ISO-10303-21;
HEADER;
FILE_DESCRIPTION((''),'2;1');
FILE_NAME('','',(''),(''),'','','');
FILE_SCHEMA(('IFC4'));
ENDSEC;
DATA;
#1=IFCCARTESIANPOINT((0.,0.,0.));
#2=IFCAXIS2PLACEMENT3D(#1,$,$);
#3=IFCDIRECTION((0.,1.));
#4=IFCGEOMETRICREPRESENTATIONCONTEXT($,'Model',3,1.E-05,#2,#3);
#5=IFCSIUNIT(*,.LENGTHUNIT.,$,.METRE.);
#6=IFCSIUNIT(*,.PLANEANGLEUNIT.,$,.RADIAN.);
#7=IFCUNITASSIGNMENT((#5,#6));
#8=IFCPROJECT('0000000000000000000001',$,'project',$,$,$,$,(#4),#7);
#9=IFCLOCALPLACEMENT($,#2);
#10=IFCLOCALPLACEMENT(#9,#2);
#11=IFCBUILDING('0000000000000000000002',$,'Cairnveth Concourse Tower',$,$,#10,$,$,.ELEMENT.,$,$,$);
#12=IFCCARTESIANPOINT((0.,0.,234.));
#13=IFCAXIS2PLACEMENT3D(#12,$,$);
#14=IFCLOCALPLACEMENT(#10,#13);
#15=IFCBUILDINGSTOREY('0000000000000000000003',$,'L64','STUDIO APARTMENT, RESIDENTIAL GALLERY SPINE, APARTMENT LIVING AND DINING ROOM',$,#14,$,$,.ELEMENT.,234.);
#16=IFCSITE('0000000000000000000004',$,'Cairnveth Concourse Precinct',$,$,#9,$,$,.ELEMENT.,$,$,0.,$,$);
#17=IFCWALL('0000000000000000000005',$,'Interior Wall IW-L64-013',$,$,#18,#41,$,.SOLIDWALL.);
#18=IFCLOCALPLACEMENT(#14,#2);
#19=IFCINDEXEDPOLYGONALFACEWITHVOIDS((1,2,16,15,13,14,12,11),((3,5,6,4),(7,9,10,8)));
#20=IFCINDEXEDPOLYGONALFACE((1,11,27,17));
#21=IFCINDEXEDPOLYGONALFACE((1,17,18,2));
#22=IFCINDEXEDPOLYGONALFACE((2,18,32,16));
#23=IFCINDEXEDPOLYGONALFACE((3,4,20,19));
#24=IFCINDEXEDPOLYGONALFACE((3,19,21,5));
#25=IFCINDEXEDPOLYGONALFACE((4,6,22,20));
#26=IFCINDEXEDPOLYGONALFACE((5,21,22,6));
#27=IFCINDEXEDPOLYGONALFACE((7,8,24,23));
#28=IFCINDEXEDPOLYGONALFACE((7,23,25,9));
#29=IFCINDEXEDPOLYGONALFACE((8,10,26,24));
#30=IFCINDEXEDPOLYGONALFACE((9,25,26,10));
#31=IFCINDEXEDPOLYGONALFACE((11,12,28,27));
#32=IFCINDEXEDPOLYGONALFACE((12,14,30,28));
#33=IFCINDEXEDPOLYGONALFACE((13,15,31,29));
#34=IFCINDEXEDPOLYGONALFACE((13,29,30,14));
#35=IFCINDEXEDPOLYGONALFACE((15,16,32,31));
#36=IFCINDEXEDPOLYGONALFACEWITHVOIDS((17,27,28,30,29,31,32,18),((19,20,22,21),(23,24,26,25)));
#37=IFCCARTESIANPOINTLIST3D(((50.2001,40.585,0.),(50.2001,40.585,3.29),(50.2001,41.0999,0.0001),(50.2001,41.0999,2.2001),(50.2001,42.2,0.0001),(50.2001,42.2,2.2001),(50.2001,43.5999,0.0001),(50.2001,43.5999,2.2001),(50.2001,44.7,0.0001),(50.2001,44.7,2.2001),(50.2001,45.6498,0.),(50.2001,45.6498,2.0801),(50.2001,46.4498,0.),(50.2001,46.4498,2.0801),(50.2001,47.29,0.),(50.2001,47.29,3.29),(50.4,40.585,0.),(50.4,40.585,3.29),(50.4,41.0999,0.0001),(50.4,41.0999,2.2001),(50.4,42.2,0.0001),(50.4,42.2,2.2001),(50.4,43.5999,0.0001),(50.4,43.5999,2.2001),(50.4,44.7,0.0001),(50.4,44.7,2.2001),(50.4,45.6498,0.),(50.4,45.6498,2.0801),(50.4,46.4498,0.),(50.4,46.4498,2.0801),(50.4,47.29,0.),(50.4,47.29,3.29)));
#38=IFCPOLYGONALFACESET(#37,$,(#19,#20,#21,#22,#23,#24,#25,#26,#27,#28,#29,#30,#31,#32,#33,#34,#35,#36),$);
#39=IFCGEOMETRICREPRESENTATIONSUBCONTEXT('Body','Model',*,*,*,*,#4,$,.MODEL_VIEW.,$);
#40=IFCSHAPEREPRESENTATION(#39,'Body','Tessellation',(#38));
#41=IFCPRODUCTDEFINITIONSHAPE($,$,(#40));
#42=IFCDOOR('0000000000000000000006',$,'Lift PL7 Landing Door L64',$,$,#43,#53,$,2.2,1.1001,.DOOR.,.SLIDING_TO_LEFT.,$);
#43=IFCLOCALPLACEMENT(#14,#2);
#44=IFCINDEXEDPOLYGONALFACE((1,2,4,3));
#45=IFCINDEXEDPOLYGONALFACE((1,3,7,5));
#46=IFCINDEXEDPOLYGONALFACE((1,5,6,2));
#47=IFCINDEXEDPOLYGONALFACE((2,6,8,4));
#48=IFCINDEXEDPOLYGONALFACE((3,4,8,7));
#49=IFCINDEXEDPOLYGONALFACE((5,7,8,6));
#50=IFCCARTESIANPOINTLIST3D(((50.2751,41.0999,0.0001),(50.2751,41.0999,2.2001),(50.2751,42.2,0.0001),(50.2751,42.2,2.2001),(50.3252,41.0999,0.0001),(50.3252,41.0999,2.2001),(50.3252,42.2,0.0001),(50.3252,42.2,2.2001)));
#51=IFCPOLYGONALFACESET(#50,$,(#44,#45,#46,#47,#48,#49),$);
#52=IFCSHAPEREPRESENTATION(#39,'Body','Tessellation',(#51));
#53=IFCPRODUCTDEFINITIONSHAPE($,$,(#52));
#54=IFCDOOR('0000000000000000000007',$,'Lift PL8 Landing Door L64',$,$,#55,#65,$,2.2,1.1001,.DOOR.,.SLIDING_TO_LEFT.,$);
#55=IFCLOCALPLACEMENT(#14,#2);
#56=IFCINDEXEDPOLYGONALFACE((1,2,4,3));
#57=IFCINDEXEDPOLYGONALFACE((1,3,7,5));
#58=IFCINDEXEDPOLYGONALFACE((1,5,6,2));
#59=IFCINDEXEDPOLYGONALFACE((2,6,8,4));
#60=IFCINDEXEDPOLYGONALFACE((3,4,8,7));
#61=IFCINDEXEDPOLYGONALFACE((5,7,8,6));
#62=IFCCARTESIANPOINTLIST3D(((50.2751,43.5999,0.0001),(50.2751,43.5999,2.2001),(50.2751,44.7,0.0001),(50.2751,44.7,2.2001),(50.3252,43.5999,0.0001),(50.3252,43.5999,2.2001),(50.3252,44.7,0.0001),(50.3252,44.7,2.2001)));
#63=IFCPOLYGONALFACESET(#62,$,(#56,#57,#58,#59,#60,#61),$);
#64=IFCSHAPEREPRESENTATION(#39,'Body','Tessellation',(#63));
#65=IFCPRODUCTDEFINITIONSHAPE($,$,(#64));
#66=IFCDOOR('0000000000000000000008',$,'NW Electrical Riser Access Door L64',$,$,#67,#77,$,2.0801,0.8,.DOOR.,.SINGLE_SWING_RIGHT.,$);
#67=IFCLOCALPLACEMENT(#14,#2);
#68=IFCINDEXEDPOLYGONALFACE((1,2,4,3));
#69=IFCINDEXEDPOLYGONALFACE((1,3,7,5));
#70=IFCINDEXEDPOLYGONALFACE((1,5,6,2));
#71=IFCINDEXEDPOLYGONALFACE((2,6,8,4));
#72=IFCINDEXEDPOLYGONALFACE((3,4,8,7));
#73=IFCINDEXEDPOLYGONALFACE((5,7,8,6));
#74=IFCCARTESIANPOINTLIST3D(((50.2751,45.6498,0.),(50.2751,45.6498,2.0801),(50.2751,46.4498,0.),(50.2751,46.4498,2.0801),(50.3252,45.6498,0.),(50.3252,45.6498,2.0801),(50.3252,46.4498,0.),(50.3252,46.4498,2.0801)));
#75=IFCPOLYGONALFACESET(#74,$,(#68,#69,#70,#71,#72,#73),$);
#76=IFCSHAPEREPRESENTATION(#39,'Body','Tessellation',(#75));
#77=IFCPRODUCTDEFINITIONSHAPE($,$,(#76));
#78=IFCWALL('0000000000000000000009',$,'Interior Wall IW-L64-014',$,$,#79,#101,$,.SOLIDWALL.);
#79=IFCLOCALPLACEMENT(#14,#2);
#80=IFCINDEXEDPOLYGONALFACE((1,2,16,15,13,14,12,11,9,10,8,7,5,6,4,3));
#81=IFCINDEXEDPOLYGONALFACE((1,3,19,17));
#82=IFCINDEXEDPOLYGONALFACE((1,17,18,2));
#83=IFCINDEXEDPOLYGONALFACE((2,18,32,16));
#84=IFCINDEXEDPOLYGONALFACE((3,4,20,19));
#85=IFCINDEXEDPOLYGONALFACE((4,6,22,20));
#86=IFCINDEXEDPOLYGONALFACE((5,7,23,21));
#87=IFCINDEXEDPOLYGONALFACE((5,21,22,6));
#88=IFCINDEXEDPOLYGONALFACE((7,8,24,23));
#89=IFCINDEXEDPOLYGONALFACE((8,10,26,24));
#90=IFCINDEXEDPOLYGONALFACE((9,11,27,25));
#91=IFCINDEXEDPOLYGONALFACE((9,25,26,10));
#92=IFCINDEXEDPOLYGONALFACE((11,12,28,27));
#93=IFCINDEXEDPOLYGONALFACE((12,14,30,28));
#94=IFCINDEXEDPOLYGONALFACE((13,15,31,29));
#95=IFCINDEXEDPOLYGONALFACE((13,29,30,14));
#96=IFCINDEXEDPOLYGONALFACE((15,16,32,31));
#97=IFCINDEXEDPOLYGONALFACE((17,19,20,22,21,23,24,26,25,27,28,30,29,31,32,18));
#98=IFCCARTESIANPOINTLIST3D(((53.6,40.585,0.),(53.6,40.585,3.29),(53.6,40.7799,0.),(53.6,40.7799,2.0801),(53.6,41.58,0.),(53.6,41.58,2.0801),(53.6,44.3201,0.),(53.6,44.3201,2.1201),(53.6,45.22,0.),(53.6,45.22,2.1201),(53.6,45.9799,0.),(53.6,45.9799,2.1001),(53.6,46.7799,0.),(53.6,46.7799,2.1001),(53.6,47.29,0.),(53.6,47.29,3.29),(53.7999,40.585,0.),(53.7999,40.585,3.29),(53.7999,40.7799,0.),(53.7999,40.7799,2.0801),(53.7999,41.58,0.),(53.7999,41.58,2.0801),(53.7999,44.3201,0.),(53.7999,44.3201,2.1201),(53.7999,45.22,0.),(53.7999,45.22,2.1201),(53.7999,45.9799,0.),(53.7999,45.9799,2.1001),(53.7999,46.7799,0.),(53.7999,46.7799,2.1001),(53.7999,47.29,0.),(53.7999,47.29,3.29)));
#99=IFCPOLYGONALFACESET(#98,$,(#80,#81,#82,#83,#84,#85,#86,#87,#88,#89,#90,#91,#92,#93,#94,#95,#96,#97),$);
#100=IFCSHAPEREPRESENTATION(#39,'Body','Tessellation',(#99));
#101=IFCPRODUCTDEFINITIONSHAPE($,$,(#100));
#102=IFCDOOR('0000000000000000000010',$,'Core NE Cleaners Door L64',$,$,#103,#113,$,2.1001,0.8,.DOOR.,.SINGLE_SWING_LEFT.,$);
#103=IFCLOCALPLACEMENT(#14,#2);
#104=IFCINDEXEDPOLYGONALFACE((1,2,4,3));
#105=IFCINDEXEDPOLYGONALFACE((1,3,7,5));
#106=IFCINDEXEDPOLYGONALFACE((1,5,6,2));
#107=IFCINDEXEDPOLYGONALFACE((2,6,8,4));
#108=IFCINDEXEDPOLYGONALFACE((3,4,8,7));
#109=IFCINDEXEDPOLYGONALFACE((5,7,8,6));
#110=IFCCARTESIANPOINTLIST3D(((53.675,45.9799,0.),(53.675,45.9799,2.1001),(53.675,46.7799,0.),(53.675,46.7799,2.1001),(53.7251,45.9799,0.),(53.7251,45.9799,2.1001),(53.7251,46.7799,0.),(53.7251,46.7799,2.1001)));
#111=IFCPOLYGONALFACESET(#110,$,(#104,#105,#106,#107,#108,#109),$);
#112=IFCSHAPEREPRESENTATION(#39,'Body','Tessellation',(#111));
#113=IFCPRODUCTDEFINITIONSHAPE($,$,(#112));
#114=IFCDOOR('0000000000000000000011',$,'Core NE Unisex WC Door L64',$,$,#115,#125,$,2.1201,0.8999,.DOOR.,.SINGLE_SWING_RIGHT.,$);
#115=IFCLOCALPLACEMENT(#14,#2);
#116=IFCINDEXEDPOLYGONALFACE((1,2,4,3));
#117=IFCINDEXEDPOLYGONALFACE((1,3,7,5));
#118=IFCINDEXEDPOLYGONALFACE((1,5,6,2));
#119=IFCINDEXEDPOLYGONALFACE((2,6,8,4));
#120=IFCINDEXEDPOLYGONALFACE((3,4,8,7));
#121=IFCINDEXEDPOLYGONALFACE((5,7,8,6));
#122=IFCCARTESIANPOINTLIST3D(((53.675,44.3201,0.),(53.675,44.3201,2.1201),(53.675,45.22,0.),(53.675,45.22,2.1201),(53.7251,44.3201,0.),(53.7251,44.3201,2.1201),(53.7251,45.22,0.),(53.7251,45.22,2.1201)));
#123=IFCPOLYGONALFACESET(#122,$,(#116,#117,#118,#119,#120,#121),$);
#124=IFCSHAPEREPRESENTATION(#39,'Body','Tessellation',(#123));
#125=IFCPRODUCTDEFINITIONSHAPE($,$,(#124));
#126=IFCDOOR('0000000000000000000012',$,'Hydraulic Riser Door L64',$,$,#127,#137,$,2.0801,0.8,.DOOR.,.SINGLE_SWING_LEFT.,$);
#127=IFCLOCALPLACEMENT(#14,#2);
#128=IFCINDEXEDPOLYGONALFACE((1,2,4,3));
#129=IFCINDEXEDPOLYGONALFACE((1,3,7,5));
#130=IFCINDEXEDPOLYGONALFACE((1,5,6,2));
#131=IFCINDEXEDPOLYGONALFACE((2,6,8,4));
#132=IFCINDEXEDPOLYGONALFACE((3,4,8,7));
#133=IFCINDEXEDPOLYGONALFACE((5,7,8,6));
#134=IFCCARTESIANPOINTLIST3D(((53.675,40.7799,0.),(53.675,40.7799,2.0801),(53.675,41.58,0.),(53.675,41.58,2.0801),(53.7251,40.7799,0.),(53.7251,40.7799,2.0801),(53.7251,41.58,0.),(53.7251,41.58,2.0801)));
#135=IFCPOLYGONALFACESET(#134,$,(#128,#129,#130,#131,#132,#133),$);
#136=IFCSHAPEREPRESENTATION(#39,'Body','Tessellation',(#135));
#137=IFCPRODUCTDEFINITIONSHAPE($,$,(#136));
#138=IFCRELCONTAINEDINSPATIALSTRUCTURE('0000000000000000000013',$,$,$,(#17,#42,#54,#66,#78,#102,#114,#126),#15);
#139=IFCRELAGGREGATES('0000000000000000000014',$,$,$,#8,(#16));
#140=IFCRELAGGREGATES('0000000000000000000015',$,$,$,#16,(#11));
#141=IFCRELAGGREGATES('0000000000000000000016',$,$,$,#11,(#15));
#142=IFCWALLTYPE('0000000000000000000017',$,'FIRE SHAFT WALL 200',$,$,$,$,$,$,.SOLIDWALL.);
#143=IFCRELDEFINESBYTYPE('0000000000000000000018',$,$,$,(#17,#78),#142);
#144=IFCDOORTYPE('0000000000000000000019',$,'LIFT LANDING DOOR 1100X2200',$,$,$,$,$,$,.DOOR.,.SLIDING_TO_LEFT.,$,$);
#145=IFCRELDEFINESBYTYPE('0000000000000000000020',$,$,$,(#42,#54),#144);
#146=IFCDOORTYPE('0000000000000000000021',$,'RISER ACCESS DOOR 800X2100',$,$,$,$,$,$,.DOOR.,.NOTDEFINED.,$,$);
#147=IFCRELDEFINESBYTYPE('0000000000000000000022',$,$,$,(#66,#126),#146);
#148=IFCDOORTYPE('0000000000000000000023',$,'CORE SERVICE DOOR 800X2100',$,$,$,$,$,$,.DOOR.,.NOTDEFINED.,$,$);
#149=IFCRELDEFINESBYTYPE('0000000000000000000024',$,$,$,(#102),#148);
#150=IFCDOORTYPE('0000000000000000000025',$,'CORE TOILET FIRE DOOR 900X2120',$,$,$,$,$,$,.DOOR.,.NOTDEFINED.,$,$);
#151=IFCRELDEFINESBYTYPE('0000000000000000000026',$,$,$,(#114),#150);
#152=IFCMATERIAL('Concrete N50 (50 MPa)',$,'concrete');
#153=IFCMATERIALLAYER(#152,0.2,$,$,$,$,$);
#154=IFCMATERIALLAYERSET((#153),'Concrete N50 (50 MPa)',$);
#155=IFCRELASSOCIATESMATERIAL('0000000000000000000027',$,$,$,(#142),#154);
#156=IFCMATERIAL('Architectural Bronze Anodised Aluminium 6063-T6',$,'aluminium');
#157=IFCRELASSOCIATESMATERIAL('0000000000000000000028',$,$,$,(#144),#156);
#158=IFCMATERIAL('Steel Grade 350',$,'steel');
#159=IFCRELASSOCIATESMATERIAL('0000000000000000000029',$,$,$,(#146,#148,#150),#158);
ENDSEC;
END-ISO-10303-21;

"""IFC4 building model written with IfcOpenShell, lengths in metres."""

from ifc_helpers import new_model, si_unit, direction, frame, frame_2d, origin, place, context, subcontext, project, spatial, rectangle, extrude, material, layer, layer_set, type_object, element, fill, save


model = new_model("IFC4")

# Units and contexts
model_context = context("Model", 3, precision=1e-05, world=origin(), true_north=direction((0.0, 1.0)))
body_context = subcontext(model_context, "Body", "Model", "MODEL_VIEW")
ifc_project = project(units=[si_unit("LENGTHUNIT", "METRE"), si_unit("PLANEANGLEUNIT", "RADIAN")], contexts=[model_context])

# Site, building, storey
site_placement = place(None, origin())
site = spatial("IfcSite", under=ifc_project, at=site_placement, Name="Cairnveth Concourse Precinct", CompositionType="ELEMENT", RefElevation=0.0)
building_placement = place(site_placement, origin())
building = spatial("IfcBuilding", under=site, at=building_placement, Name="Cairnveth Concourse Tower", CompositionType="ELEMENT")
storey_placement = place(building_placement, frame((0.0, 0.0, 234.0)))
storey = spatial("IfcBuildingStorey", under=building, at=storey_placement, Name="L64", Description="STUDIO APARTMENT, RESIDENTIAL GALLERY SPINE, APARTMENT LIVING AND DINING ROOM", CompositionType="ELEMENT", Elevation=234.0)

# Shared definitions
ifc_material_1 = material(Name="Concrete N50 (50 MPa)", Category="concrete")
ifc_layer_1 = layer(ifc_material_1, 0.2)
ifc_layer_set_1 = layer_set([ifc_layer_1], Name="Concrete N50 (50 MPa)")
wall_type_1 = type_object("IfcWallType", Name="FIRE SHAFT WALL 200", PredefinedType="SOLIDWALL", material=ifc_layer_set_1)

# Walls, openings, doors
wall_1_placement = place(storey_placement, frame((50.3, 40.585, 0.0), z_axis=(0.0, 0.0, 1.0), x_axis=(0.0, 1.0, 0.0)))
wall_1 = element("IfcWall", 1, at=wall_1_placement, inside=storey, type_object=wall_type_1, Name="Interior Wall IW-L64-013", PredefinedType="SOLIDWALL", context=body_context, shape_type="SweptSolid", body=[
    extrude(rectangle(XDim=6.7051, YDim=0.2, at=frame_2d((3.3525, 0.0))), origin(), (0.0, 0.0, 1.0), 3.29),
])
opening_1_placement = place(wall_1_placement, frame((0.5149, 0.0, 0.0)))
opening_1 = element("IfcOpeningElement", 2, at=opening_1_placement, cuts=wall_1, PredefinedType="OPENING", context=body_context, shape_type="SweptSolid", body=[
    extrude(rectangle(XDim=1.1001, YDim=2.2, at=frame_2d((0.55, 1.1001))), frame((0.0, 0.1099, 0.0), z_axis=(0.0, -1.0, 0.0), x_axis=(1.0, 0.0, 0.0)), (0.0, 0.0, 1.0), 0.22),
])
opening_2_placement = place(wall_1_placement, frame((3.0149, 0.0, 0.0)))
opening_2 = element("IfcOpeningElement", 3, at=opening_2_placement, cuts=wall_1, PredefinedType="OPENING", context=body_context, shape_type="SweptSolid", body=[
    extrude(rectangle(XDim=1.1001, YDim=2.2, at=frame_2d((0.55, 1.1001))), frame((0.0, 0.1099, 0.0), z_axis=(0.0, -1.0, 0.0), x_axis=(1.0, 0.0, 0.0)), (0.0, 0.0, 1.0), 0.22),
])
opening_3_placement = place(wall_1_placement, frame((5.0649, 0.0, 0.0)))
opening_3 = element("IfcOpeningElement", 4, at=opening_3_placement, cuts=wall_1, PredefinedType="OPENING", context=body_context, shape_type="SweptSolid", body=[
    extrude(rectangle(XDim=0.8, YDim=2.0801, at=frame_2d((0.3999, 1.04))), frame((0.0, 0.1099, 0.0), z_axis=(0.0, -1.0, 0.0), x_axis=(1.0, 0.0, 0.0)), (0.0, 0.0, 1.0), 0.22),
])
ifc_material_2 = material(Name="Architectural Bronze Anodised Aluminium 6063-T6", Category="aluminium")
door_type_1 = type_object("IfcDoorType", Name="LIFT LANDING DOOR 1100X2200", OperationType="SLIDING_TO_LEFT", PredefinedType="DOOR", material=ifc_material_2)
door_1_placement = place(opening_1_placement, origin())
door_1 = element("IfcDoor", 5, at=door_1_placement, inside=storey, type_object=door_type_1, Name="Lift PL7 Landing Door L64", OperationType="SLIDING_TO_LEFT", OverallHeight=2.2, OverallWidth=1.1001, PredefinedType="DOOR", context=body_context, shape_type="SweptSolid", body=[
    extrude(rectangle(XDim=1.1001, YDim=2.2, at=frame_2d((0.55, 1.1001))), frame((0.0, 0.0249, 0.0), z_axis=(0.0, -1.0, 0.0), x_axis=(1.0, 0.0, 0.0)), (0.0, 0.0, 1.0), 0.05),
])
fill(opening_1, door_1)
door_2_placement = place(opening_2_placement, origin())
door_2 = element("IfcDoor", 6, at=door_2_placement, inside=storey, type_object=door_type_1, Name="Lift PL8 Landing Door L64", OperationType="SLIDING_TO_LEFT", OverallHeight=2.2, OverallWidth=1.1001, PredefinedType="DOOR", context=body_context, shape_type="SweptSolid", body=[
    extrude(rectangle(XDim=1.1001, YDim=2.2, at=frame_2d((0.55, 1.1001))), frame((0.0, 0.0249, 0.0), z_axis=(0.0, -1.0, 0.0), x_axis=(1.0, 0.0, 0.0)), (0.0, 0.0, 1.0), 0.05),
])
fill(opening_2, door_2)
ifc_material_3 = material(Name="Steel Grade 350", Category="steel")
door_type_2 = type_object("IfcDoorType", Name="RISER ACCESS DOOR 800X2100", OperationType="NOTDEFINED", PredefinedType="DOOR", material=ifc_material_3)
door_3_placement = place(opening_3_placement, origin())
door_3 = element("IfcDoor", 7, at=door_3_placement, inside=storey, type_object=door_type_2, Name="NW Electrical Riser Access Door L64", OperationType="SINGLE_SWING_RIGHT", OverallHeight=2.0801, OverallWidth=0.8, PredefinedType="DOOR", context=body_context, shape_type="SweptSolid", body=[
    extrude(rectangle(XDim=0.8, YDim=2.0801, at=frame_2d((0.3999, 1.04))), frame((0.0, 0.0249, 0.0), z_axis=(0.0, -1.0, 0.0), x_axis=(1.0, 0.0, 0.0)), (0.0, 0.0, 1.0), 0.05),
])
fill(opening_3, door_3)
wall_2_placement = place(storey_placement, frame((53.7, 40.585, 0.0), z_axis=(0.0, 0.0, 1.0), x_axis=(0.0, 1.0, 0.0)))
wall_2 = element("IfcWall", 8, at=wall_2_placement, inside=storey, type_object=wall_type_1, Name="Interior Wall IW-L64-014", PredefinedType="SOLIDWALL", context=body_context, shape_type="SweptSolid", body=[
    extrude(rectangle(XDim=6.7051, YDim=0.2, at=frame_2d((3.3525, 0.0))), origin(), (0.0, 0.0, 1.0), 3.29),
])
opening_4_placement = place(wall_2_placement, frame((0.1951, 0.0, 0.0)))
opening_4 = element("IfcOpeningElement", 9, at=opening_4_placement, cuts=wall_2, PredefinedType="OPENING", context=body_context, shape_type="SweptSolid", body=[
    extrude(rectangle(XDim=0.8, YDim=2.0801, at=frame_2d((0.3999, 1.04))), frame((0.0, 0.1099, 0.0), z_axis=(0.0, -1.0, 0.0), x_axis=(1.0, 0.0, 0.0)), (0.0, 0.0, 1.0), 0.22),
])
opening_5_placement = place(wall_2_placement, frame((3.7351, 0.0, 0.0)))
opening_5 = element("IfcOpeningElement", 10, at=opening_5_placement, cuts=wall_2, PredefinedType="OPENING", context=body_context, shape_type="SweptSolid", body=[
    extrude(rectangle(XDim=0.8999, YDim=2.1201, at=frame_2d((0.45, 1.0601))), frame((0.0, 0.1099, 0.0), z_axis=(0.0, -1.0, 0.0), x_axis=(1.0, 0.0, 0.0)), (0.0, 0.0, 1.0), 0.22),
])
opening_6_placement = place(wall_2_placement, frame((5.395, 0.0, 0.0)))
opening_6 = element("IfcOpeningElement", 11, at=opening_6_placement, cuts=wall_2, PredefinedType="OPENING", context=body_context, shape_type="SweptSolid", body=[
    extrude(rectangle(XDim=0.8, YDim=2.1001, at=frame_2d((0.3999, 1.05))), frame((0.0, 0.1099, 0.0), z_axis=(0.0, -1.0, 0.0), x_axis=(1.0, 0.0, 0.0)), (0.0, 0.0, 1.0), 0.22),
])
door_type_3 = type_object("IfcDoorType", Name="CORE SERVICE DOOR 800X2100", OperationType="NOTDEFINED", PredefinedType="DOOR", material=ifc_material_3)
door_4_placement = place(opening_6_placement, origin())
door_4 = element("IfcDoor", 12, at=door_4_placement, inside=storey, type_object=door_type_3, Name="Core NE Cleaners Door L64", OperationType="SINGLE_SWING_LEFT", OverallHeight=2.1001, OverallWidth=0.8, PredefinedType="DOOR", context=body_context, shape_type="SweptSolid", body=[
    extrude(rectangle(XDim=0.8, YDim=2.1001, at=frame_2d((0.3999, 1.05))), frame((0.0, 0.0249, 0.0), z_axis=(0.0, -1.0, 0.0), x_axis=(1.0, 0.0, 0.0)), (0.0, 0.0, 1.0), 0.05),
])
fill(opening_6, door_4)
door_type_4 = type_object("IfcDoorType", Name="CORE TOILET FIRE DOOR 900X2120", OperationType="NOTDEFINED", PredefinedType="DOOR", material=ifc_material_3)
door_5_placement = place(opening_5_placement, origin())
door_5 = element("IfcDoor", 13, at=door_5_placement, inside=storey, type_object=door_type_4, Name="Core NE Unisex WC Door L64", OperationType="SINGLE_SWING_RIGHT", OverallHeight=2.1201, OverallWidth=0.8999, PredefinedType="DOOR", context=body_context, shape_type="SweptSolid", body=[
    extrude(rectangle(XDim=0.8999, YDim=2.1201, at=frame_2d((0.45, 1.0601))), frame((0.0, 0.0249, 0.0), z_axis=(0.0, -1.0, 0.0), x_axis=(1.0, 0.0, 0.0)), (0.0, 0.0, 1.0), 0.05),
])
fill(opening_5, door_5)
door_6_placement = place(opening_4_placement, origin())
door_6 = element("IfcDoor", 14, at=door_6_placement, inside=storey, type_object=door_type_2, Name="Hydraulic Riser Door L64", OperationType="SINGLE_SWING_LEFT", OverallHeight=2.0801, OverallWidth=0.8, PredefinedType="DOOR", context=body_context, shape_type="SweptSolid", body=[
    extrude(rectangle(XDim=0.8, YDim=2.0801, at=frame_2d((0.3999, 1.04))), frame((0.0, 0.0249, 0.0), z_axis=(0.0, -1.0, 0.0), x_axis=(1.0, 0.0, 0.0)), (0.0, 0.0, 1.0), 0.05),
])
fill(opening_4, door_6)

save(model, "model.ifc")
